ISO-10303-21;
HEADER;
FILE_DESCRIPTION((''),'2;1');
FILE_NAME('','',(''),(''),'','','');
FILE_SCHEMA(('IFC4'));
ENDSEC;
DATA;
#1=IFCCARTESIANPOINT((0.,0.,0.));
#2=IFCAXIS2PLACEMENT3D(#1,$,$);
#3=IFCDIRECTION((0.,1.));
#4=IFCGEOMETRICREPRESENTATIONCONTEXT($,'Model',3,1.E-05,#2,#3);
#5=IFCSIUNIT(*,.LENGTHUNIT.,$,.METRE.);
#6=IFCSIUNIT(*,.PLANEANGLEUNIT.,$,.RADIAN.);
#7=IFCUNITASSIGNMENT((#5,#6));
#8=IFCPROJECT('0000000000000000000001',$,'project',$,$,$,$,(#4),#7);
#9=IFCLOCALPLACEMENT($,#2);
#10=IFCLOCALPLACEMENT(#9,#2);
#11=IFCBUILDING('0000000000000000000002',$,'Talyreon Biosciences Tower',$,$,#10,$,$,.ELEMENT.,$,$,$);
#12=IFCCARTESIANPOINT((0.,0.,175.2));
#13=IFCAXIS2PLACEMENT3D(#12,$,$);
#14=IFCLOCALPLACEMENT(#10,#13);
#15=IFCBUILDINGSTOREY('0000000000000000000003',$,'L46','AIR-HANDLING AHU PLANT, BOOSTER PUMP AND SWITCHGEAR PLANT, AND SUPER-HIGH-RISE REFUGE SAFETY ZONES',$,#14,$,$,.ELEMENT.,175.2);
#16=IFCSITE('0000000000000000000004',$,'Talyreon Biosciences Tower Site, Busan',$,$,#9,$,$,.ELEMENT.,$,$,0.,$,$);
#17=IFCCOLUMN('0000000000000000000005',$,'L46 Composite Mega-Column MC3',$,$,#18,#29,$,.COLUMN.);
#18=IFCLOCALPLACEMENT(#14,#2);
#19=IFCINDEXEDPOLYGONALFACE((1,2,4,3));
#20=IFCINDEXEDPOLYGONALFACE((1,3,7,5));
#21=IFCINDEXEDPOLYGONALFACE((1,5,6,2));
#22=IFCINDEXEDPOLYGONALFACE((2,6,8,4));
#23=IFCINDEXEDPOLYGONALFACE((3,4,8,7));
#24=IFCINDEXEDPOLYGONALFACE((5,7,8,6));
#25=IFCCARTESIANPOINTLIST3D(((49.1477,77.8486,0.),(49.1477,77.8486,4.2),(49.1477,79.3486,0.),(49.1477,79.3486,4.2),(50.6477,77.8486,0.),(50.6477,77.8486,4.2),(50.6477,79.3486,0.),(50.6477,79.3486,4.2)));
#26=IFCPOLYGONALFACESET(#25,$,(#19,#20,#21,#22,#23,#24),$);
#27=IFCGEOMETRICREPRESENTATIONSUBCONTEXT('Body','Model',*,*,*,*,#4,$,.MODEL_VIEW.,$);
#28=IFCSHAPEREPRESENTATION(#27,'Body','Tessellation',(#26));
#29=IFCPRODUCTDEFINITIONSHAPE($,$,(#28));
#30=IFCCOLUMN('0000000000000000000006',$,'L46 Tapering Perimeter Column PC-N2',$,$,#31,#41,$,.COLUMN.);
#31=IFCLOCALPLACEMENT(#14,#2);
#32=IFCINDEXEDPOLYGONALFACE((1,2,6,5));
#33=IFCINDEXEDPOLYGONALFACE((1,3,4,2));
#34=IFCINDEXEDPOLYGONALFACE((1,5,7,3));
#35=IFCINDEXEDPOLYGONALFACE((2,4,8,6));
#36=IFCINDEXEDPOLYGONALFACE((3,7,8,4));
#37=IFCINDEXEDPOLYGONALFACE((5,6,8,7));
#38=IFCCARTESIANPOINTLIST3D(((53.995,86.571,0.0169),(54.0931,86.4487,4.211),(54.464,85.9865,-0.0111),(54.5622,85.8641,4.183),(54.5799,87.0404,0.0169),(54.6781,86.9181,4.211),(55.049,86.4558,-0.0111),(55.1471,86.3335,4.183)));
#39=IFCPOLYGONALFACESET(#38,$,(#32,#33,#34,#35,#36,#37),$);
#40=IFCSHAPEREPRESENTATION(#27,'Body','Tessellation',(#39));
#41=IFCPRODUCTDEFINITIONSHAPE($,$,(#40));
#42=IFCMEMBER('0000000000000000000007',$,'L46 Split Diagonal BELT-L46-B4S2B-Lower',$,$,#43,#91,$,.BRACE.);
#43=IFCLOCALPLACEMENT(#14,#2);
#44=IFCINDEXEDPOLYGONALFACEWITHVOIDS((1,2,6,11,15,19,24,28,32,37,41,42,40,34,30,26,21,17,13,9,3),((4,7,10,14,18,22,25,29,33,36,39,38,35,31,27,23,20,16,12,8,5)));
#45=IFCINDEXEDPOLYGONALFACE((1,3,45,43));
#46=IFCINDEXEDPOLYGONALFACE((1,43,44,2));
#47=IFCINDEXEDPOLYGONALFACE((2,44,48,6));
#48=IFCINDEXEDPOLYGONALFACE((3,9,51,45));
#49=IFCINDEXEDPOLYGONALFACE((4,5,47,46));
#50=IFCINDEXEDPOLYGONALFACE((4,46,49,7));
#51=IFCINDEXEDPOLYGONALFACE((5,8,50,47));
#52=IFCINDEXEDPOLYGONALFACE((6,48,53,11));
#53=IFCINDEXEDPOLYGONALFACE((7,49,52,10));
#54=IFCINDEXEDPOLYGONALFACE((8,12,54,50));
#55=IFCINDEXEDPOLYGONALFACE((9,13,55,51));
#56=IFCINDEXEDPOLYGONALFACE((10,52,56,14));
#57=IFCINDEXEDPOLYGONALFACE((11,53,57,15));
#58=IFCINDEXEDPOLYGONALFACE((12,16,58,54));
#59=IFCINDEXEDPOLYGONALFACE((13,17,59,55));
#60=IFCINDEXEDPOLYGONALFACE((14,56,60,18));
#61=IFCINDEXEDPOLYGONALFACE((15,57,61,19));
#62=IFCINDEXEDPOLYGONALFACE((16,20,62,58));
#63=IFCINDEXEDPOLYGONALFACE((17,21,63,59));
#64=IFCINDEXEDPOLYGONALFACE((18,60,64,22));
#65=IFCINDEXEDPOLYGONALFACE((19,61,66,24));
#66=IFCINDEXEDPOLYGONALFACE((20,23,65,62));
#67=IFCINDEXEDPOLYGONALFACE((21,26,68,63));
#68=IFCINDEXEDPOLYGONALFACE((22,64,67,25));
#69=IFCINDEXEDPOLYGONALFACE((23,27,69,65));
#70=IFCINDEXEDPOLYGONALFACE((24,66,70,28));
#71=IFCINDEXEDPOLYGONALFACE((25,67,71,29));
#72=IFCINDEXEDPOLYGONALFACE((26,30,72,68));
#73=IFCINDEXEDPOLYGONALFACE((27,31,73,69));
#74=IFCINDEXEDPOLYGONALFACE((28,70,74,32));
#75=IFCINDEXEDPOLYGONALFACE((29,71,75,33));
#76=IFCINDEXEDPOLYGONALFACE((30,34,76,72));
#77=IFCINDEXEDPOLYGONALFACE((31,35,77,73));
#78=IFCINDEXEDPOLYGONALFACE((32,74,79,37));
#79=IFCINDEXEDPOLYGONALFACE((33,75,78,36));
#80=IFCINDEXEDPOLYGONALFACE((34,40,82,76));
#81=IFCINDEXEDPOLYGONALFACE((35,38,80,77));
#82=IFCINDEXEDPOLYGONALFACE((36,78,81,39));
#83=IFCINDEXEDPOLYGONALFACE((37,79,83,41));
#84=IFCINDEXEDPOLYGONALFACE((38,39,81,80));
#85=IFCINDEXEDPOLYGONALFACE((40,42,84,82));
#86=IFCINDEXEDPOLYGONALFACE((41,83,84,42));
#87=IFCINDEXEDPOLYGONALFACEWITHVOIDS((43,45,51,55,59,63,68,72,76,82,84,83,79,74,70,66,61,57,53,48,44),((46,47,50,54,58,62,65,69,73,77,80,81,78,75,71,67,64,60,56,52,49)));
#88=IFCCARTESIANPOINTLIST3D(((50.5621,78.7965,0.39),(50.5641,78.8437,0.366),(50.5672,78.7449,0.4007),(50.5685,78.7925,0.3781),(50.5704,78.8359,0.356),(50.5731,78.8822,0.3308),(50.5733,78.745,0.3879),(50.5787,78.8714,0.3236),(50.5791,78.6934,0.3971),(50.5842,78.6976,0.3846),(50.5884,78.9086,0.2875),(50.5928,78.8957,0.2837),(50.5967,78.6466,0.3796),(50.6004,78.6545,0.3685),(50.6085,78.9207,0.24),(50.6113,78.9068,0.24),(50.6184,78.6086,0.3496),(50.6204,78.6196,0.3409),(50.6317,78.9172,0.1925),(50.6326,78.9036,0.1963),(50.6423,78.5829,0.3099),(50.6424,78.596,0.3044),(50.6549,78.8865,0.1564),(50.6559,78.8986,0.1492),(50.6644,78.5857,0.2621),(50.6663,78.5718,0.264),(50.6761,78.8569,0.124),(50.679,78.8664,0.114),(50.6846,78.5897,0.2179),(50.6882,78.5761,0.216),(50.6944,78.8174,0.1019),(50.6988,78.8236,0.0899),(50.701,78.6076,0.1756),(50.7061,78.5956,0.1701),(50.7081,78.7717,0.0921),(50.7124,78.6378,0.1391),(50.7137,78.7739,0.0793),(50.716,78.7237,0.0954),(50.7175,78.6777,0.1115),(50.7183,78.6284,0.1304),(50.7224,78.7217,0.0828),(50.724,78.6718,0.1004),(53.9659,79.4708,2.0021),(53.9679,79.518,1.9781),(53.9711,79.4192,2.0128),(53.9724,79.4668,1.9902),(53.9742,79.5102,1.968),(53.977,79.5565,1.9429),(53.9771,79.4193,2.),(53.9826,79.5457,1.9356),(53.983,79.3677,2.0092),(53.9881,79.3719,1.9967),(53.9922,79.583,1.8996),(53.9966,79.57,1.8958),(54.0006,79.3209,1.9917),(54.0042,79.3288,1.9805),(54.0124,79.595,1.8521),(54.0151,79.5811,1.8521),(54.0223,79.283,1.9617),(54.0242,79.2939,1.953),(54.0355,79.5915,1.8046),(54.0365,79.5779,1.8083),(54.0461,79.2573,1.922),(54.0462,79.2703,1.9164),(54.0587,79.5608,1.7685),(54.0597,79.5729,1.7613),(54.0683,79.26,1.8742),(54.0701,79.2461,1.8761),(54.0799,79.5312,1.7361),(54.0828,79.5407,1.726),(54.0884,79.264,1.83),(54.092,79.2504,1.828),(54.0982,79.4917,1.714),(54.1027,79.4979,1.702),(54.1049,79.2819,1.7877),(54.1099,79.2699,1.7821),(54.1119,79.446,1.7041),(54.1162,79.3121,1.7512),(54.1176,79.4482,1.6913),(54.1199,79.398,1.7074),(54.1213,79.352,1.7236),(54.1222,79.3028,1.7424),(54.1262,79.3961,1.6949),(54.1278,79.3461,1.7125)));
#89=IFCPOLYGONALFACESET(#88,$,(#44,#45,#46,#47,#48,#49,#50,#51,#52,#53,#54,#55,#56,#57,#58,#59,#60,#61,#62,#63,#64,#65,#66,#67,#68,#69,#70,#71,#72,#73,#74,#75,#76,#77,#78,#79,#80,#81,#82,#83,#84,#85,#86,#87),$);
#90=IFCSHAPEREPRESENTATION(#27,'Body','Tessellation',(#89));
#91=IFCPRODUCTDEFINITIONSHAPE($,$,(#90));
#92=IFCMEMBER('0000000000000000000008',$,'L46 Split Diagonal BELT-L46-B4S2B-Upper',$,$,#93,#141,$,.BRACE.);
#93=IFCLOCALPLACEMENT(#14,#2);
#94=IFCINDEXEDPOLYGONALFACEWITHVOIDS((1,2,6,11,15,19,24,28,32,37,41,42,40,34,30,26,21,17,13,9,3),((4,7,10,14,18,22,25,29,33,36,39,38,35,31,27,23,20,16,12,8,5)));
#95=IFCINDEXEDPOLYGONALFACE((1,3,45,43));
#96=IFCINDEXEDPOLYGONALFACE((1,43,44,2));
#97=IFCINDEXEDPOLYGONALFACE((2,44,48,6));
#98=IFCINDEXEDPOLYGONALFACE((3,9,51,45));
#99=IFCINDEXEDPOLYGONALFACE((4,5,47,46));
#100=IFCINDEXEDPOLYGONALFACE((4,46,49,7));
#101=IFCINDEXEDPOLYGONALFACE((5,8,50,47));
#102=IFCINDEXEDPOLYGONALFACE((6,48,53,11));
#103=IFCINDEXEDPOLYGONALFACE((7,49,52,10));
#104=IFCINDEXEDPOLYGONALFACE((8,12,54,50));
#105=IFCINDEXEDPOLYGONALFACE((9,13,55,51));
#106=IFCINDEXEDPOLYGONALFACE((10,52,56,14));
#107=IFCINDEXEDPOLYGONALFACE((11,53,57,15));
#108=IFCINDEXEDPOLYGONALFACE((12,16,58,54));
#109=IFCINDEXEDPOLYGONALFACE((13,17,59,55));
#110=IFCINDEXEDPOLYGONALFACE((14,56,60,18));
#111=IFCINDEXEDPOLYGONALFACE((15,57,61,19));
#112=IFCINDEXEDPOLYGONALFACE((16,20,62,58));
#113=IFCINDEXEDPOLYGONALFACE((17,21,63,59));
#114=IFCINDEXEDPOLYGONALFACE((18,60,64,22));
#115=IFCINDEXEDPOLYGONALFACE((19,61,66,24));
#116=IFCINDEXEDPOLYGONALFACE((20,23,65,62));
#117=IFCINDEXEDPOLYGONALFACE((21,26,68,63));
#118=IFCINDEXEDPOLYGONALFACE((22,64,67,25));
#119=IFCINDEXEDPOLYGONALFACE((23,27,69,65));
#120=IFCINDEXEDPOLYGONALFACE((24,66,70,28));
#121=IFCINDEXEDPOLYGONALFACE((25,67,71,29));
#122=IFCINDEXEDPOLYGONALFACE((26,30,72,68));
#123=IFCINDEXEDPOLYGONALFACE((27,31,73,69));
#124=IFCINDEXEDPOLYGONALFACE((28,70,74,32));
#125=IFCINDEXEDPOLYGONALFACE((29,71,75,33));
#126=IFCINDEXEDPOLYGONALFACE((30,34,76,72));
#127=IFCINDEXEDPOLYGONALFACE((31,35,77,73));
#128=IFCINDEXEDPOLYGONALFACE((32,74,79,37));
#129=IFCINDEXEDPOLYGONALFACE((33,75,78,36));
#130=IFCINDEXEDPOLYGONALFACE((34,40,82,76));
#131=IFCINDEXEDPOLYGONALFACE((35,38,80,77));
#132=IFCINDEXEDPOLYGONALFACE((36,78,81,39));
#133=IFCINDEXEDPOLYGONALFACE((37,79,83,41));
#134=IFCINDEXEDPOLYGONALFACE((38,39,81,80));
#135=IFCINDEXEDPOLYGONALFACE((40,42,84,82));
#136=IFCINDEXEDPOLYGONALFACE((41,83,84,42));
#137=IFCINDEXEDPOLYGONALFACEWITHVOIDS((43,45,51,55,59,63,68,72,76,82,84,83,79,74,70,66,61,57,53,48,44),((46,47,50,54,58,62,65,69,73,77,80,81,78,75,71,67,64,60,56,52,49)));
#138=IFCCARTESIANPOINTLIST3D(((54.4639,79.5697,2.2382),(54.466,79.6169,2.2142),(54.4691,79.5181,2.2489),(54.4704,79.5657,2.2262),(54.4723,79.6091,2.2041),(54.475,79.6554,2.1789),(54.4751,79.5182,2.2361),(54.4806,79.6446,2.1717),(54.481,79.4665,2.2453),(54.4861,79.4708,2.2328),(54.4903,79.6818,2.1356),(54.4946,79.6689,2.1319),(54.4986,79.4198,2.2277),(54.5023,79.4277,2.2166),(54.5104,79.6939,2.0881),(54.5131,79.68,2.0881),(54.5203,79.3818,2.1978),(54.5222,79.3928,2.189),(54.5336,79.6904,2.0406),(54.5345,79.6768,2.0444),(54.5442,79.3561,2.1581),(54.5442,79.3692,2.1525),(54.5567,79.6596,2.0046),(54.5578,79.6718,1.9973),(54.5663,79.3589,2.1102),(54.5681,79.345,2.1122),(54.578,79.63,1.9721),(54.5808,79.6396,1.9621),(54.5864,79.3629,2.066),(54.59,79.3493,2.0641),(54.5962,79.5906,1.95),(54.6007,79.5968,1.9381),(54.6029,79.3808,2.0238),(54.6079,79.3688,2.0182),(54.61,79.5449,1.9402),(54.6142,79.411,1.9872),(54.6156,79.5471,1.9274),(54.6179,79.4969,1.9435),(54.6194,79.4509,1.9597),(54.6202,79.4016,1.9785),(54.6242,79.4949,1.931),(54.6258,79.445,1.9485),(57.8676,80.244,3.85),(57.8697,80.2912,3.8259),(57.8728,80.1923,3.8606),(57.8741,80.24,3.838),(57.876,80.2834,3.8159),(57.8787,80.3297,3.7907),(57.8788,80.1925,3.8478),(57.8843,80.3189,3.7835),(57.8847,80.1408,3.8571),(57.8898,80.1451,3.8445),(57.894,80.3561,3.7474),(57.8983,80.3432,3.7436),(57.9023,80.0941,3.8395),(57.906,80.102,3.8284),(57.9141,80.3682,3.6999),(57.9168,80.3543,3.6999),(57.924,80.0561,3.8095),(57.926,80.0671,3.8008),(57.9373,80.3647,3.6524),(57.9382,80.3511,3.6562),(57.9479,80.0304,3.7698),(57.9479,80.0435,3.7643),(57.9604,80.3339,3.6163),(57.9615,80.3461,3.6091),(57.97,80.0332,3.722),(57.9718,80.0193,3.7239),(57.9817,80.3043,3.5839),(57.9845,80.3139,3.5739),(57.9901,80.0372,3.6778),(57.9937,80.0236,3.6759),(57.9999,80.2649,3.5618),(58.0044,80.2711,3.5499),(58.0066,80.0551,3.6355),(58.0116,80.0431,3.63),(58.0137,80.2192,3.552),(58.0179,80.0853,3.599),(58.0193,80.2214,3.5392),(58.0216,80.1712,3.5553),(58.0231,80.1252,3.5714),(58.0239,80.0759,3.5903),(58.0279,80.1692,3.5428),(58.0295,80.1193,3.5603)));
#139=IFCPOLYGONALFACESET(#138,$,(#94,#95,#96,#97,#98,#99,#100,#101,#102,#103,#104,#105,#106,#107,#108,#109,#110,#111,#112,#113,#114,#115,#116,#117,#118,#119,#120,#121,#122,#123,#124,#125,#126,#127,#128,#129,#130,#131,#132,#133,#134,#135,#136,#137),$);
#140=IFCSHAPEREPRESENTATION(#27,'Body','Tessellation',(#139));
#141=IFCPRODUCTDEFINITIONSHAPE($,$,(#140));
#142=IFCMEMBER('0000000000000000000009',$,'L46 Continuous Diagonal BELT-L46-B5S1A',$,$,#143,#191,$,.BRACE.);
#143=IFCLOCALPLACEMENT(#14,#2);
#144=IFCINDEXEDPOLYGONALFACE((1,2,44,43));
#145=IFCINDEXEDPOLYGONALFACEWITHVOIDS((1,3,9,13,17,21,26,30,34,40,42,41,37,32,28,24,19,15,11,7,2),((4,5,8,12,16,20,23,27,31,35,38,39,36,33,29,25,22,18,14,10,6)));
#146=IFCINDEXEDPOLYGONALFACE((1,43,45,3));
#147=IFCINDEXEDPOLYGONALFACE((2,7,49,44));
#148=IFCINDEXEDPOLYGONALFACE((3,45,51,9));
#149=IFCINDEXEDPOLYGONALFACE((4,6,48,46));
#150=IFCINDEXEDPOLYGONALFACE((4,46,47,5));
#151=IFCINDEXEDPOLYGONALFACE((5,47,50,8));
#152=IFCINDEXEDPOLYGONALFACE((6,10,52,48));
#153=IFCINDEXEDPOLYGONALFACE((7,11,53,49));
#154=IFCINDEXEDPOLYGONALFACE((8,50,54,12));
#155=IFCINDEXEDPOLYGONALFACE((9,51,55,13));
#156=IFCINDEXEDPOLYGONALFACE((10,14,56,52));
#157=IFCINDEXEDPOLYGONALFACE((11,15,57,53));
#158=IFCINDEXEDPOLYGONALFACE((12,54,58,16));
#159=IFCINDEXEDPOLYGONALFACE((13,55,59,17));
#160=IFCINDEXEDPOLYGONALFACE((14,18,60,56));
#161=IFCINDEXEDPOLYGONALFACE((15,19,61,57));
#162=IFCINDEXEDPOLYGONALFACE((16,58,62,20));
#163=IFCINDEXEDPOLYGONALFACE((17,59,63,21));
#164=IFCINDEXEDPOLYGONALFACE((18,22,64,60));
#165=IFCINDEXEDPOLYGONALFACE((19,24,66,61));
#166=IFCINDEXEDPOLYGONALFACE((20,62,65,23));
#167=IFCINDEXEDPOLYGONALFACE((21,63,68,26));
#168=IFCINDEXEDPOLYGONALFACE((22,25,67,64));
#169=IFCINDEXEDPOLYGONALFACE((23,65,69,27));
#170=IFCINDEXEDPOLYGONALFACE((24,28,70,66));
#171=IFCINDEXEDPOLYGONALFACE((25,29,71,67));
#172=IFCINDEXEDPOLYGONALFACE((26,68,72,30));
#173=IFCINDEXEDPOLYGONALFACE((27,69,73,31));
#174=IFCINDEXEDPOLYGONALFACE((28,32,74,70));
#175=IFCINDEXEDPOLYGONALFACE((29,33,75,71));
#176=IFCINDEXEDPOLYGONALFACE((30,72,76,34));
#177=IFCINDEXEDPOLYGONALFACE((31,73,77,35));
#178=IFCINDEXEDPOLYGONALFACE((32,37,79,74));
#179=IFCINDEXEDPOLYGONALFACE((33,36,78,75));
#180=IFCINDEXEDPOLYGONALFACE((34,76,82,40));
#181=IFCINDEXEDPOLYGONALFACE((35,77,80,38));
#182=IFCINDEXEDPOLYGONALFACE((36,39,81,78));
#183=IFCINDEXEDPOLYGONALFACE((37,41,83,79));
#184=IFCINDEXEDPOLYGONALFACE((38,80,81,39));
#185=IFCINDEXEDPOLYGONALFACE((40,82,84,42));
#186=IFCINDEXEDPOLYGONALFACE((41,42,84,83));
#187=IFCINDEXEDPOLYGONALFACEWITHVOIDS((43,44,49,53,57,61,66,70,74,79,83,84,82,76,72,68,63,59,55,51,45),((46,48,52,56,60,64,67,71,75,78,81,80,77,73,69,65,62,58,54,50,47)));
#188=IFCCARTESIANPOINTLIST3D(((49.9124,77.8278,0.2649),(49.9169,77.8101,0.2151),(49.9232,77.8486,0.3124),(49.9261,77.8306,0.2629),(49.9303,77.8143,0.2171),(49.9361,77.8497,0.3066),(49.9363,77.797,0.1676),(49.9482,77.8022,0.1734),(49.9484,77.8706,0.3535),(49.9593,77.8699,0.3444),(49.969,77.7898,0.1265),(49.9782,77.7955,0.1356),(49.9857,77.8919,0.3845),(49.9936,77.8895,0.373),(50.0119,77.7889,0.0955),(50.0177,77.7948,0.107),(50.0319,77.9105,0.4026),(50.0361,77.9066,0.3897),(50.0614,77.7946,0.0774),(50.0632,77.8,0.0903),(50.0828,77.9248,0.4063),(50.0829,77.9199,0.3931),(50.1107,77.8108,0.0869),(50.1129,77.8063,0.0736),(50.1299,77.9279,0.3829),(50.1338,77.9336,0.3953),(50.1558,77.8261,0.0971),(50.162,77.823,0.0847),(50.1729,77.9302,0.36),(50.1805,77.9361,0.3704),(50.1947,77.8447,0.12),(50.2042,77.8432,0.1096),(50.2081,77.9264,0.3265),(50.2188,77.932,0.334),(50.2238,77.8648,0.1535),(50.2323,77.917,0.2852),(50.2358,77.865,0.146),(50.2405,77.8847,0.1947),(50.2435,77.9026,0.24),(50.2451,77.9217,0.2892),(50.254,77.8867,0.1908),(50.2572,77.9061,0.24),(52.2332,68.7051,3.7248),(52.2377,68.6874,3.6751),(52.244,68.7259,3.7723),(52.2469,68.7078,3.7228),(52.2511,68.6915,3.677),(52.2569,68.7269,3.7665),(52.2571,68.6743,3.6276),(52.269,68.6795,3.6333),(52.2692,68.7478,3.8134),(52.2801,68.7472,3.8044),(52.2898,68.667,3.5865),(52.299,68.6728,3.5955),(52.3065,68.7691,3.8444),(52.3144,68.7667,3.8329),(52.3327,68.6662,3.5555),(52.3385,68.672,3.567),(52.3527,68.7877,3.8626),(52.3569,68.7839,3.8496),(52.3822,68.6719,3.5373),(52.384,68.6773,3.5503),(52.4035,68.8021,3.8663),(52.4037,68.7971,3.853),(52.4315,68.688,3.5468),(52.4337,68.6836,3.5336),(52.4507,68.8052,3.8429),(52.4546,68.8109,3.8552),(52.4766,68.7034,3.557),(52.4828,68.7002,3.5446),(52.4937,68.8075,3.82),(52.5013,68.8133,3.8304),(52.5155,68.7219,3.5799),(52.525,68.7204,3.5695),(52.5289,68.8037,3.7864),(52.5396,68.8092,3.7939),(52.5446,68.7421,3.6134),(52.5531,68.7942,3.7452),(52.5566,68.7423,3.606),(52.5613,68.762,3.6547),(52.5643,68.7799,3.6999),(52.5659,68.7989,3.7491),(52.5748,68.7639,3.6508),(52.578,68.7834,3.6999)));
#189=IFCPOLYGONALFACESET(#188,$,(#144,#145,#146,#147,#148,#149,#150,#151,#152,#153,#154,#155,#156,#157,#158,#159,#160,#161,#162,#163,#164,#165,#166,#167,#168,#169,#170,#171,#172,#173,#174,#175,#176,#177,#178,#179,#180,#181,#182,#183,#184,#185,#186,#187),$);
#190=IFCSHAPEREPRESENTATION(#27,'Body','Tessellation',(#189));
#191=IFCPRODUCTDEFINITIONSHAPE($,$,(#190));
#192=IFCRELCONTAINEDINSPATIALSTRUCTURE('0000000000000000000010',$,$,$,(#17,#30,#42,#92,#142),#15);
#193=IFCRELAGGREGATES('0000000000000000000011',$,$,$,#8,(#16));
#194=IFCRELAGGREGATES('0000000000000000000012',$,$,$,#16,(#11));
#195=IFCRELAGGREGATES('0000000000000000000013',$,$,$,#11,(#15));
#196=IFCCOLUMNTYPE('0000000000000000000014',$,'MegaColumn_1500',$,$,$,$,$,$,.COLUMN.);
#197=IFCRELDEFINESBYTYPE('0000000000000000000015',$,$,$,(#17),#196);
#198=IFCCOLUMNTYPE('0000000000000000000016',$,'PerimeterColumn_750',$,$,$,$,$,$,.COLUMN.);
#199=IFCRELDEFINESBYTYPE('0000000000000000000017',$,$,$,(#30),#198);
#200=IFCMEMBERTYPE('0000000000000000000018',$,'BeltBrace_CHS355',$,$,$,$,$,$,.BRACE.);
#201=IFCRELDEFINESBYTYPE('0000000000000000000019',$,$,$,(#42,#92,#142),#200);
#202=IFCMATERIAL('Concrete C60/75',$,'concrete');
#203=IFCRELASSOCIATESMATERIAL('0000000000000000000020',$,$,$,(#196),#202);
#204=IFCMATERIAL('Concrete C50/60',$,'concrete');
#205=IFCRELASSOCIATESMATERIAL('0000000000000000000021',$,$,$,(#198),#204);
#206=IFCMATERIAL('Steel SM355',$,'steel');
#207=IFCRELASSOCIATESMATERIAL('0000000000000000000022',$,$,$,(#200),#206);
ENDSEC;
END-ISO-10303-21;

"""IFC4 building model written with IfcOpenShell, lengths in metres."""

from ifc_helpers import new_model, si_unit, direction, frame, origin, origin_2d, place, context, subcontext, project, spatial, rectangle, hollow_circle, extrude, material, material_profile, profile_set, type_object, element, save


model = new_model("IFC4")

# Units and contexts
model_context = context("Model", 3, precision=1e-05, world=origin(), true_north=direction((0.0, 1.0)))
body_context = subcontext(model_context, "Body", "Model", "MODEL_VIEW")
ifc_project = project(units=[si_unit("LENGTHUNIT", "METRE"), si_unit("PLANEANGLEUNIT", "RADIAN")], contexts=[model_context])

# Site, building, storey
site_placement = place(None, origin())
site = spatial("IfcSite", under=ifc_project, at=site_placement, Name="Talyreon Biosciences Tower Site, Busan", CompositionType="ELEMENT", RefElevation=0.0)
building_placement = place(site_placement, origin())
building = spatial("IfcBuilding", under=site, at=building_placement, Name="Talyreon Biosciences Tower", CompositionType="ELEMENT")
storey_placement = place(building_placement, frame((0.0, 0.0, 175.2)))
storey = spatial("IfcBuildingStorey", under=building, at=storey_placement, Name="L46", Description="AIR-HANDLING AHU PLANT, BOOSTER PUMP AND SWITCHGEAR PLANT, AND SUPER-HIGH-RISE REFUGE SAFETY ZONES", CompositionType="ELEMENT", Elevation=175.2)

# Columns
ifc_material_1 = material(Name="Concrete C60/75", Category="concrete")
ifc_material_profile_1 = material_profile(ifc_material_1, rectangle(XDim=1.5, YDim=1.5, at=origin_2d()), Name="RC 1500x1500")
ifc_profile_set_1 = profile_set([ifc_material_profile_1], Name="Concrete C60/75")
column_type_1 = type_object("IfcColumnType", Name="MegaColumn_1500", PredefinedType="COLUMN", material=ifc_profile_set_1)
column_1_placement = place(storey_placement, frame((49.8977, 78.5986, 0.0), z_axis=(0.0, 0.0, 1.0), x_axis=(1.0, 0.0, 0.0)))
element("IfcColumn", 1, at=column_1_placement, inside=storey, type_object=column_type_1, Name="L46 Composite Mega-Column MC3", PredefinedType="COLUMN", context=body_context, shape_type="SweptSolid", body=[
    extrude(rectangle(XDim=1.5, YDim=1.5, at=origin_2d()), origin(), (0.0, 0.0, 1.0), 4.2),
])
ifc_material_2 = material(Name="Concrete C50/60", Category="concrete")
ifc_material_profile_2 = material_profile(ifc_material_2, rectangle(XDim=0.75, YDim=0.75, at=origin_2d()), Name="RC 750x750")
ifc_profile_set_2 = profile_set([ifc_material_profile_2], Name="Concrete C50/60")
column_type_2 = type_object("IfcColumnType", Name="PerimeterColumn_750", PredefinedType="COLUMN", material=ifc_profile_set_2)
column_2_placement = place(storey_placement, frame((54.522, 86.5134, 0.0029), z_axis=(0.023384, -0.029143, 0.999302), x_axis=(-0.779957, -0.625834, 0.0)))
element("IfcColumn", 2, at=column_2_placement, inside=storey, type_object=column_type_2, Name="L46 Tapering Perimeter Column PC-N2", PredefinedType="COLUMN", context=body_context, shape_type="SweptSolid", body=[
    extrude(rectangle(XDim=0.75, YDim=0.75, at=origin_2d()), origin(), (0.0, 0.0, 1.0), 4.197),
])

# Members
ifc_material_3 = material(Name="Steel SM355", Category="steel")
ifc_material_profile_3 = material_profile(ifc_material_3, hollow_circle(Radius=0.1777, WallThickness=0.0142, at=origin_2d()), Name="CHS 355.6x14.2")
ifc_profile_set_3 = profile_set([ifc_material_profile_3], Name="Steel SM355")
member_type_1 = type_object("IfcMemberType", Name="BeltBrace_CHS355", PredefinedType="BRACE", material=ifc_profile_set_3)
member_1_placement = place(storey_placement, frame((50.6431, 78.7463, 0.24), z_axis=(0.889619, 0.176239, 0.421328), x_axis=(-0.19433, 0.980936, 0.0)))
element("IfcMember", 3, at=member_1_placement, inside=storey, type_object=member_type_1, Name="L46 Split Diagonal BELT-L46-B4S2B-Lower", PredefinedType="BRACE", context=body_context, shape_type="SweptSolid", body=[
    extrude(hollow_circle(Radius=0.1777, WallThickness=0.0142, at=origin_2d()), origin(), (0.0, 0.0, 1.0), 3.8262),
])
member_2_placement = place(storey_placement, frame((54.5449, 79.5195, 2.0881), z_axis=(0.889643, 0.176244, 0.421276), x_axis=(-0.19433, 0.980936, 0.0)))
element("IfcMember", 4, at=member_2_placement, inside=storey, type_object=member_type_1, Name="L46 Split Diagonal BELT-L46-B4S2B-Upper", PredefinedType="BRACE", context=body_context, shape_type="SweptSolid", body=[
    extrude(hollow_circle(Radius=0.1777, WallThickness=0.0142, at=origin_2d()), origin(), (0.0, 0.0, 1.0), 3.8259),
])
member_3_placement = place(storey_placement, frame((50.085, 77.8623, 0.24), z_axis=(0.231407, -0.909633, 0.344992), x_axis=(0.969132, 0.246543, 0.0)))
element("IfcMember", 5, at=member_3_placement, inside=storey, type_object=member_type_1, Name="L46 Continuous Diagonal BELT-L46-B5S1A", PredefinedType="BRACE", context=body_context, shape_type="SweptSolid", body=[
    extrude(hollow_circle(Radius=0.1777, WallThickness=0.0142, at=origin_2d()), origin(), (0.0, 0.0, 1.0), 10.0291),
])

save(model, "model.ifc")
